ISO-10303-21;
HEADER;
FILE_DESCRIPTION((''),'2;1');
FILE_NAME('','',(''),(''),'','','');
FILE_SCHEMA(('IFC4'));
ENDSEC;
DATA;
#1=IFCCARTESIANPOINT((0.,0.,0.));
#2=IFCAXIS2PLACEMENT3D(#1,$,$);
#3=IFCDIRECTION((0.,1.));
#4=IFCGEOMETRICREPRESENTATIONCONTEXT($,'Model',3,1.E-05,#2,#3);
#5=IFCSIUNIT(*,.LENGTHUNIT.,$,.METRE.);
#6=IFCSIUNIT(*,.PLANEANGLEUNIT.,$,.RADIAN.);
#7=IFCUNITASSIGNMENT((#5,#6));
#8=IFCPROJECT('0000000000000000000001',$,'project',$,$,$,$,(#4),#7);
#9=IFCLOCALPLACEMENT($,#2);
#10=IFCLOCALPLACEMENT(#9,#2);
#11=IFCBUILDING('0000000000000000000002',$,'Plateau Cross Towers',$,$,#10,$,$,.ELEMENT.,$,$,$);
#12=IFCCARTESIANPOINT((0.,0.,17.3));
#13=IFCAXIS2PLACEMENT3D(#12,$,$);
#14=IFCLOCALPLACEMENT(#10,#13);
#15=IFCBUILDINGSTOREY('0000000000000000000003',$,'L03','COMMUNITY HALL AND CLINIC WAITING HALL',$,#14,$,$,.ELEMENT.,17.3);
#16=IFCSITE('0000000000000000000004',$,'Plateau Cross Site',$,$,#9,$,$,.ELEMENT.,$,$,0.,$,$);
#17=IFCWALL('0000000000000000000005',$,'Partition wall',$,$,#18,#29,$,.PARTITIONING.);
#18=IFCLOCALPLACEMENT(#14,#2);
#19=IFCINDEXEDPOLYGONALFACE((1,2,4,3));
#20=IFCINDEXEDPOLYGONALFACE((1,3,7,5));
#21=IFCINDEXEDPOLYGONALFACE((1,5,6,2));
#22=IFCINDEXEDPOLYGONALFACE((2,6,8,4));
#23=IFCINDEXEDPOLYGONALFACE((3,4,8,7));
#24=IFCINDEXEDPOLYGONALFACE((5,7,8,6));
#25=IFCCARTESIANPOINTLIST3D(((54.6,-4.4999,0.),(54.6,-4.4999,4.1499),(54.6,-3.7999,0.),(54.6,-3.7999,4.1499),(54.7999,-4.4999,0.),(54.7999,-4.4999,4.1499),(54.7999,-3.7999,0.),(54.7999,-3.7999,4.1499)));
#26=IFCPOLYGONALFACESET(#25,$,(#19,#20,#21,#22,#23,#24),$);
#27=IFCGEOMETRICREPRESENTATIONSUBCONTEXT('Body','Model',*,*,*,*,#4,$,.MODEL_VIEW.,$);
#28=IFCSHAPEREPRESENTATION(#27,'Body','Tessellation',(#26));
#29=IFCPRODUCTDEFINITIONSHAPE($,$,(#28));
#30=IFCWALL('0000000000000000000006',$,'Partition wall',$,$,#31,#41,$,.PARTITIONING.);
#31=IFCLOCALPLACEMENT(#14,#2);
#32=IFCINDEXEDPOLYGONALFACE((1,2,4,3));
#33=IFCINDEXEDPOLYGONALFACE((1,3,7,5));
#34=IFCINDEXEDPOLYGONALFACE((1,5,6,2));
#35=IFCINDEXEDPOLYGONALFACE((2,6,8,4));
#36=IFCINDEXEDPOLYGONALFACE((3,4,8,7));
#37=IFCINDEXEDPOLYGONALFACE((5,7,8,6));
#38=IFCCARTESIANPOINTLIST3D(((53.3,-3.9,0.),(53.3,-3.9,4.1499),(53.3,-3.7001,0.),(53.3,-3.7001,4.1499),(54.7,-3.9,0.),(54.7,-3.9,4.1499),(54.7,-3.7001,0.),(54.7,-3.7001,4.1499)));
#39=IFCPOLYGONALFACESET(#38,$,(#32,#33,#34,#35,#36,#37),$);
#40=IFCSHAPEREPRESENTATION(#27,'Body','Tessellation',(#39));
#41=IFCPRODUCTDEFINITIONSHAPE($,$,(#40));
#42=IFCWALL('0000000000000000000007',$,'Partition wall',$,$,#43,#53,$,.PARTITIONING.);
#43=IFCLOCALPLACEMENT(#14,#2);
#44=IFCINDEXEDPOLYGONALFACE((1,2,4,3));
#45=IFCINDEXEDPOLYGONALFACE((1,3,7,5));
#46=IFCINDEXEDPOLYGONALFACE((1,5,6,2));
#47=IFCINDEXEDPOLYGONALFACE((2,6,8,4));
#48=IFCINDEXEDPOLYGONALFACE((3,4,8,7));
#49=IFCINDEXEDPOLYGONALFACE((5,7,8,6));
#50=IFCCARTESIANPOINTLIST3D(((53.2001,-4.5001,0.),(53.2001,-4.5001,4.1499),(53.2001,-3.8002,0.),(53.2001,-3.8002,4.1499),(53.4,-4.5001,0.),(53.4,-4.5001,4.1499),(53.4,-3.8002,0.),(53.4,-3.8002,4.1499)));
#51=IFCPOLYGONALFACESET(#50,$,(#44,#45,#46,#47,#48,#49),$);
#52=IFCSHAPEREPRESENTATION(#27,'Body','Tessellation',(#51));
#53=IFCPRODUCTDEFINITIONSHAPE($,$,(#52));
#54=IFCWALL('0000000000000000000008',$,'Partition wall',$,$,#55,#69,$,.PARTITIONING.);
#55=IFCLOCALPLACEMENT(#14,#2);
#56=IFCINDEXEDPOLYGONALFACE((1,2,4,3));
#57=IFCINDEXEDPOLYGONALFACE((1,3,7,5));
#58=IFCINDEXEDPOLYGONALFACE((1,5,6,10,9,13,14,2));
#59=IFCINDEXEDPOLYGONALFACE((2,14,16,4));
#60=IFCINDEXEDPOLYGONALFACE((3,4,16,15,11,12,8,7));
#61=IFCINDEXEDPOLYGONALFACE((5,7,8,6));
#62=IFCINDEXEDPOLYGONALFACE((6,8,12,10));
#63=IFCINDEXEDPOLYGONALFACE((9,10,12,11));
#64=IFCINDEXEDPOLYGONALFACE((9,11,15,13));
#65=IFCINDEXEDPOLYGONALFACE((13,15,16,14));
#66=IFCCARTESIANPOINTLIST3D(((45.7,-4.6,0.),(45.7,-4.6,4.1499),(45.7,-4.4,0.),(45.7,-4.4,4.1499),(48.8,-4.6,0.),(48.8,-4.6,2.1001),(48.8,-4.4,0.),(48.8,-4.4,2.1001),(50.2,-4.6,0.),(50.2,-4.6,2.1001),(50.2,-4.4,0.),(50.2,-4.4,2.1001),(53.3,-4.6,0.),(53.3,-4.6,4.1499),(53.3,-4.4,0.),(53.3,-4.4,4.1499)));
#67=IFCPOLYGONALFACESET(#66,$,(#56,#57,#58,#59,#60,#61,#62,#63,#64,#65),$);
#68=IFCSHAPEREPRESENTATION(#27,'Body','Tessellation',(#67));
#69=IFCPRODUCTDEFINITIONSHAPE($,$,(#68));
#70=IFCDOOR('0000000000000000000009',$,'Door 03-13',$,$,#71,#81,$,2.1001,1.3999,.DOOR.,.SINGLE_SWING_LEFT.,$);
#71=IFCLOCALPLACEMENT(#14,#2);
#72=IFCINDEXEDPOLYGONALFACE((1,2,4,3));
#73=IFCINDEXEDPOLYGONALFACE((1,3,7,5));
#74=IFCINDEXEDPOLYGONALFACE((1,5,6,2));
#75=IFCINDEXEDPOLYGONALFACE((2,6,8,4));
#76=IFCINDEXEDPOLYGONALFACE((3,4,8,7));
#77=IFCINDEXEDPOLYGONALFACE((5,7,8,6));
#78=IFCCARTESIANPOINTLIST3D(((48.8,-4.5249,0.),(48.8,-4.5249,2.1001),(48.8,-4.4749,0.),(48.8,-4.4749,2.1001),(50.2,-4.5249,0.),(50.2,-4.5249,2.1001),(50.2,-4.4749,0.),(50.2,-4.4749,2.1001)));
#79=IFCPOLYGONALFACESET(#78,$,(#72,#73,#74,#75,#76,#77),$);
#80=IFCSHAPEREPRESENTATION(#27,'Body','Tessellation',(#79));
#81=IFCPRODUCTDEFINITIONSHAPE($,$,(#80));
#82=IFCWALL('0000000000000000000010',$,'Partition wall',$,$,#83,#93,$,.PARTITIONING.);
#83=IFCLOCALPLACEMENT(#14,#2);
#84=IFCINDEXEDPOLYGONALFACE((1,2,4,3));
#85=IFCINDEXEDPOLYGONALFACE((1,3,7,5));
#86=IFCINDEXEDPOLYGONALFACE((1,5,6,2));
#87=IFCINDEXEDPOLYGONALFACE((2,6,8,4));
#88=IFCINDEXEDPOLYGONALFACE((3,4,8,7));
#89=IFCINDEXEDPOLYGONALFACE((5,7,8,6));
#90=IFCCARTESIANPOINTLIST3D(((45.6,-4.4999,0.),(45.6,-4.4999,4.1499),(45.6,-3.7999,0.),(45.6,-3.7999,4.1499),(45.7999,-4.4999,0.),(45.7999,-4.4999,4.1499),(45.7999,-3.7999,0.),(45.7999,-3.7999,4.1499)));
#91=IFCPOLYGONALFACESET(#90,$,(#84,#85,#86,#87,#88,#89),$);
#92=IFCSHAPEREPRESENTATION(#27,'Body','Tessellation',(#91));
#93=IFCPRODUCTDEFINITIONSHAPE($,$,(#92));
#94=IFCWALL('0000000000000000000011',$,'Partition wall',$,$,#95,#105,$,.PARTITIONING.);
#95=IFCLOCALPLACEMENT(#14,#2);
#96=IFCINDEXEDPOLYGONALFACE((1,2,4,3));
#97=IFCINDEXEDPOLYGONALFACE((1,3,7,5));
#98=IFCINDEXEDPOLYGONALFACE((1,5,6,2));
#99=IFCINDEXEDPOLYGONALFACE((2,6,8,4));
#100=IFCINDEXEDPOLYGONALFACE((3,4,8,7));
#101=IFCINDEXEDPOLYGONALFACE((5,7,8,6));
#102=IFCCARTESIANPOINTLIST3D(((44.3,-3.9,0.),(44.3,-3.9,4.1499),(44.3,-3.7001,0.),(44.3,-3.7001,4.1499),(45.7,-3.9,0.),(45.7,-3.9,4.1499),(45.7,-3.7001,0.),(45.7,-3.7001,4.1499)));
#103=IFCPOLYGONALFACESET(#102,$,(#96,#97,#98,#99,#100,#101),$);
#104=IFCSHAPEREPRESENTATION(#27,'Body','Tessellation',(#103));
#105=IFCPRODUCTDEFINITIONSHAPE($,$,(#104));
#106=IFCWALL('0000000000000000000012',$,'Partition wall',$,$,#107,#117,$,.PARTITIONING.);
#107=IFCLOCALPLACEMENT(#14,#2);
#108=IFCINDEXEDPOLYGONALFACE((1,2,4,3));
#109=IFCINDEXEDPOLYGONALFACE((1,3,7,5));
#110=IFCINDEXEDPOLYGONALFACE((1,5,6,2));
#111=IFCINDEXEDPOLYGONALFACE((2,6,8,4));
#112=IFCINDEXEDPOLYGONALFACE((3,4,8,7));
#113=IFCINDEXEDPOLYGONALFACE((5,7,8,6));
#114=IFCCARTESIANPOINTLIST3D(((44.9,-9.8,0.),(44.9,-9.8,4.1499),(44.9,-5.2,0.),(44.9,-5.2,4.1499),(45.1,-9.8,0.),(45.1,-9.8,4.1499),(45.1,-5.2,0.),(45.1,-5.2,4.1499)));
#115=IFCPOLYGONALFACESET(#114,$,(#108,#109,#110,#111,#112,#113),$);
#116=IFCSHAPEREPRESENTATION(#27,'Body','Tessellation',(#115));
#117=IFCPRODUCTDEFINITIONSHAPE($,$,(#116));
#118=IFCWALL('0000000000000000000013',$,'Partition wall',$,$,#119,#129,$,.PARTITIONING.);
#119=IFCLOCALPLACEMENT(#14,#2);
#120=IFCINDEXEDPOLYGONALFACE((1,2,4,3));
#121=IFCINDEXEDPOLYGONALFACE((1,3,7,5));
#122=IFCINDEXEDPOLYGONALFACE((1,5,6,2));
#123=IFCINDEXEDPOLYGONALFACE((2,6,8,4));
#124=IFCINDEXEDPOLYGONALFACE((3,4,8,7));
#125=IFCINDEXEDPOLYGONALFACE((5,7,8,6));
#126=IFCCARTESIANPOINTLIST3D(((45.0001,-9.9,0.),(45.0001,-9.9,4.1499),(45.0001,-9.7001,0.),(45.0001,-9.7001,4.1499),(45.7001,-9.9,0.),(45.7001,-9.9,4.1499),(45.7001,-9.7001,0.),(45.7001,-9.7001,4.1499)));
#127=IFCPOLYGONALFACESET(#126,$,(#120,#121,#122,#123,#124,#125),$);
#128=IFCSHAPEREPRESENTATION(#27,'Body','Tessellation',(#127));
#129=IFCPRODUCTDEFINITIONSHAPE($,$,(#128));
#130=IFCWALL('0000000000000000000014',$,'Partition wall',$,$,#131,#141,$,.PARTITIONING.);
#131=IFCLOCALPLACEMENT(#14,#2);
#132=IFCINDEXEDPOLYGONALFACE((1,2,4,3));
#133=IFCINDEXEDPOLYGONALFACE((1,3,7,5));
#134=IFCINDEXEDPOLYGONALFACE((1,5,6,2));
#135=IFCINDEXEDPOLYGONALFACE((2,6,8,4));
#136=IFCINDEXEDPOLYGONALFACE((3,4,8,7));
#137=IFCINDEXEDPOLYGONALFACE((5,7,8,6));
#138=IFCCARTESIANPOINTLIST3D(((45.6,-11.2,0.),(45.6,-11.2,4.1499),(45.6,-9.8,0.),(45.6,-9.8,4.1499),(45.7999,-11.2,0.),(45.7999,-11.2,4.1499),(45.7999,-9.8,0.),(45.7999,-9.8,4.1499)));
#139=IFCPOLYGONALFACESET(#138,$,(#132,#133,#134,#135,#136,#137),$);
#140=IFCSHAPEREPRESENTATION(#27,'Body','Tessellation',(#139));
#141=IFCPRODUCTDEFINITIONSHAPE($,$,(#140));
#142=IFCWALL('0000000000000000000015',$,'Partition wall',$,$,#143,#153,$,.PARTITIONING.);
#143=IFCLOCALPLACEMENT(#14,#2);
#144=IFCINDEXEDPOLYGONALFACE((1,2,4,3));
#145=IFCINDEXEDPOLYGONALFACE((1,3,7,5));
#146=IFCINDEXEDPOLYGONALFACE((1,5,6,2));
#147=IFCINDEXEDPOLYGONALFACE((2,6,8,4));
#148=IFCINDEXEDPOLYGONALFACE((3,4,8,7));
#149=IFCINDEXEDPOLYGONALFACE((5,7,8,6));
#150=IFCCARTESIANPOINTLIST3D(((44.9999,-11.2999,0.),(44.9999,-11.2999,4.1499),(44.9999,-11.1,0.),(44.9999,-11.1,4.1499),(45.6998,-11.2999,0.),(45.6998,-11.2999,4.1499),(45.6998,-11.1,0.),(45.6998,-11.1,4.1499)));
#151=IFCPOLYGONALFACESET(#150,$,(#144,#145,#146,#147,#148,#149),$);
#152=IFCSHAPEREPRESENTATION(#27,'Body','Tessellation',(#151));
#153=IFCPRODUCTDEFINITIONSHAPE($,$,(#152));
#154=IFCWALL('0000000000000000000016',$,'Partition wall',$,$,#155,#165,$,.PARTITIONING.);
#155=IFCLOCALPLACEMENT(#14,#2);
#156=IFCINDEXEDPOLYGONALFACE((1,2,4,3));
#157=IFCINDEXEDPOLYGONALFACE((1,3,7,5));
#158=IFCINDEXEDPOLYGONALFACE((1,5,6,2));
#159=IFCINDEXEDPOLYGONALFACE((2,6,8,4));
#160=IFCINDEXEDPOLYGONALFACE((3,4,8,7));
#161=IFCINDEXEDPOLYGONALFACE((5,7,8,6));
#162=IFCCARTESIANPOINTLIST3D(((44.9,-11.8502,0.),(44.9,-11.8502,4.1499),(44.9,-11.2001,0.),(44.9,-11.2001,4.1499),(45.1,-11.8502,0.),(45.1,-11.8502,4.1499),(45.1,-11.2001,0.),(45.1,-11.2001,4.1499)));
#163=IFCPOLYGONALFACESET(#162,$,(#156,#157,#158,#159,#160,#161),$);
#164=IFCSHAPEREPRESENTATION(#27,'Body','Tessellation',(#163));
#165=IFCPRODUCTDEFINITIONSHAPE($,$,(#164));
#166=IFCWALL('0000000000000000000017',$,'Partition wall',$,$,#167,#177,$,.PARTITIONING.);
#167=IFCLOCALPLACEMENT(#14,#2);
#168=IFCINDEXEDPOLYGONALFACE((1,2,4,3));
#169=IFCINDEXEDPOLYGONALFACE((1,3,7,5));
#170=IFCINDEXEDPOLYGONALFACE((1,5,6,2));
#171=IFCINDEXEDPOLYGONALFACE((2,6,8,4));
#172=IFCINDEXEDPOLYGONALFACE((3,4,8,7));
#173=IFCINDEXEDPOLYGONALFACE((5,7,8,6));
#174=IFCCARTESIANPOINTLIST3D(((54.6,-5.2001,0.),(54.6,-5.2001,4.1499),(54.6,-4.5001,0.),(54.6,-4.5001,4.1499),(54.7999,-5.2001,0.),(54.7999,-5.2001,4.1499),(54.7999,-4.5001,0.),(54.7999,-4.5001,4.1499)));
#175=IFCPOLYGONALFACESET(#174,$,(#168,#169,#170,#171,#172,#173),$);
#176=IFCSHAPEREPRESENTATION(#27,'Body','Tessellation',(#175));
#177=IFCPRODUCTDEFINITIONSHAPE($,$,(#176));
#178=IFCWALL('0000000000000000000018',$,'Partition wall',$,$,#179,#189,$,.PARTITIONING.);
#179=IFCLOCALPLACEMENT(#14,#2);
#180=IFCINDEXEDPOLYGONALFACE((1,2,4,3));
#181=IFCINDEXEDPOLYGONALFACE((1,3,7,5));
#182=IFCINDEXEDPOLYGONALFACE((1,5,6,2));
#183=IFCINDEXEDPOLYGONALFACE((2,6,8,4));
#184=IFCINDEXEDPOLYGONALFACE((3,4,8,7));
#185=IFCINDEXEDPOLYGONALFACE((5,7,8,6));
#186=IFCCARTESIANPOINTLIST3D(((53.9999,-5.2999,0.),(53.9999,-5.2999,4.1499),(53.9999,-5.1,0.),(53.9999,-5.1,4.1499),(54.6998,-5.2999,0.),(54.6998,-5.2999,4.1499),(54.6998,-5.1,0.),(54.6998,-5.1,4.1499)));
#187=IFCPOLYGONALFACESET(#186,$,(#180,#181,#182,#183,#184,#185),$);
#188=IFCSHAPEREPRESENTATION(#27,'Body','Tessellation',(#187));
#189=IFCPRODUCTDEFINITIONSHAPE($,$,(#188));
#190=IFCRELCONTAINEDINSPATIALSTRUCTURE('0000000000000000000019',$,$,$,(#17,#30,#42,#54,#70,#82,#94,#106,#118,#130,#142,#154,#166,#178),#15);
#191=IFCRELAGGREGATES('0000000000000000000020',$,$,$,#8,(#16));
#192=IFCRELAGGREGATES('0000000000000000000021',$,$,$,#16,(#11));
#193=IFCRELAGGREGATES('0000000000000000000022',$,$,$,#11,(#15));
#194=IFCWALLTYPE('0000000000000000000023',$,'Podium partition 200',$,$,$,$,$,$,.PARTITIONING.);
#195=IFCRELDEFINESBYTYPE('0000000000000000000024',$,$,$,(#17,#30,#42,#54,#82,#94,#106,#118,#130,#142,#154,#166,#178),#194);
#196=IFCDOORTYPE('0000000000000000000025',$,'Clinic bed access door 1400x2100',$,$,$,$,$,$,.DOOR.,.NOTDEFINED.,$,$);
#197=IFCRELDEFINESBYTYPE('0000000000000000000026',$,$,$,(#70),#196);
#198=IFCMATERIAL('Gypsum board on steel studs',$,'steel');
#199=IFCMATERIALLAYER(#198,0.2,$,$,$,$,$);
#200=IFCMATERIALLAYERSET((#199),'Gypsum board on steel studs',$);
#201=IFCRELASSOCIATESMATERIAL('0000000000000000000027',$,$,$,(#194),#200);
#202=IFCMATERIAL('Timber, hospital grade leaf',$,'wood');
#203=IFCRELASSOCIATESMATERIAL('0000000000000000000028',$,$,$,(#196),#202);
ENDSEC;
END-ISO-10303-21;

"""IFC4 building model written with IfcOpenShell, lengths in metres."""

from ifc_helpers import new_model, si_unit, direction, frame, frame_2d, origin, place, context, subcontext, project, spatial, rectangle, extrude, material, layer, layer_set, type_object, element, fill, save


model = new_model("IFC4")

# Units and contexts
model_context = context("Model", 3, precision=1e-05, world=origin(), true_north=direction((0.0, 1.0)))
body_context = subcontext(model_context, "Body", "Model", "MODEL_VIEW")
ifc_project = project(units=[si_unit("LENGTHUNIT", "METRE"), si_unit("PLANEANGLEUNIT", "RADIAN")], contexts=[model_context])

# Site, building, storey
site_placement = place(None, origin())
site = spatial("IfcSite", under=ifc_project, at=site_placement, Name="Plateau Cross Site", CompositionType="ELEMENT", RefElevation=0.0)
building_placement = place(site_placement, origin())
building = spatial("IfcBuilding", under=site, at=building_placement, Name="Plateau Cross Towers", CompositionType="ELEMENT")
storey_placement = place(building_placement, frame((0.0, 0.0, 17.3)))
storey = spatial("IfcBuildingStorey", under=building, at=storey_placement, Name="L03", Description="COMMUNITY HALL AND CLINIC WAITING HALL", CompositionType="ELEMENT", Elevation=17.3)

# Walls
ifc_material_1 = material(Name="Gypsum board on steel studs", Category="steel")
ifc_layer_1 = layer(ifc_material_1, 0.2)
ifc_layer_set_1 = layer_set([ifc_layer_1], Name="Gypsum board on steel studs")
wall_type = type_object("IfcWallType", Name="Podium partition 200", PredefinedType="PARTITIONING", material=ifc_layer_set_1)
wall_1_placement = place(storey_placement, frame((54.7, -4.5, 0.0), z_axis=(0.0, 0.0, 1.0), x_axis=(0.0, 1.0, 0.0)))
element("IfcWall", 1, at=wall_1_placement, inside=storey, type_object=wall_type, Name="Partition wall", PredefinedType="PARTITIONING", context=body_context, shape_type="SweptSolid", body=[
    extrude(rectangle(XDim=0.7, YDim=0.2, at=frame_2d((0.3501, 0.0))), origin(), (0.0, 0.0, 1.0), 4.1499),
])
wall_2_placement = place(storey_placement, frame((54.7, -3.8, 0.0), z_axis=(0.0, 0.0, 1.0), x_axis=(-1.0, 0.0, 0.0)))
element("IfcWall", 2, at=wall_2_placement, inside=storey, type_object=wall_type, Name="Partition wall", PredefinedType="PARTITIONING", context=body_context, shape_type="SweptSolid", body=[
    extrude(rectangle(XDim=1.3999, YDim=0.2, at=frame_2d((0.7, 0.0))), origin(), (0.0, 0.0, 1.0), 4.1499),
])
wall_3_placement = place(storey_placement, frame((53.3, -3.8, 0.0), z_axis=(0.0, 0.0, 1.0), x_axis=(0.0, -1.0, 0.0)))
element("IfcWall", 3, at=wall_3_placement, inside=storey, type_object=wall_type, Name="Partition wall", PredefinedType="PARTITIONING", context=body_context, shape_type="SweptSolid", body=[
    extrude(rectangle(XDim=0.7, YDim=0.2, at=frame_2d((0.3501, 0.0))), origin(), (0.0, 0.0, 1.0), 4.1499),
])

# Wall, opening, door
wall_4_placement = place(storey_placement, frame((53.3, -4.5, 0.0), z_axis=(0.0, 0.0, 1.0), x_axis=(-1.0, 0.0, 0.0)))
wall_4 = element("IfcWall", 4, at=wall_4_placement, inside=storey, type_object=wall_type, Name="Partition wall", PredefinedType="PARTITIONING", context=body_context, shape_type="SweptSolid", body=[
    extrude(rectangle(XDim=7.6001, YDim=0.2, at=frame_2d((3.8, 0.0))), origin(), (0.0, 0.0, 1.0), 4.1499),
])
opening_placement = place(wall_4_placement, frame((3.1001, 0.0, 0.0)))
opening = element("IfcOpeningElement", 5, at=opening_placement, cuts=wall_4, PredefinedType="OPENING", context=body_context, shape_type="SweptSolid", body=[
    extrude(rectangle(XDim=1.3999, YDim=2.1001, at=frame_2d((0.7, 1.05))), frame((0.0, 0.1099, 0.0), z_axis=(0.0, -1.0, 0.0), x_axis=(1.0, 0.0, 0.0)), (0.0, 0.0, 1.0), 0.22),
])
ifc_material_2 = material(Name="Timber, hospital grade leaf", Category="wood")
door_type = type_object("IfcDoorType", Name="Clinic bed access door 1400x2100", OperationType="NOTDEFINED", PredefinedType="DOOR", material=ifc_material_2)
door_placement = place(opening_placement, origin())
door = element("IfcDoor", 6, at=door_placement, inside=storey, type_object=door_type, Name="Door 03-13", OperationType="SINGLE_SWING_LEFT", OverallHeight=2.1001, OverallWidth=1.3999, PredefinedType="DOOR", context=body_context, shape_type="SweptSolid", body=[
    extrude(rectangle(XDim=1.3999, YDim=2.1001, at=frame_2d((0.7, 1.05))), frame((0.0, 0.0249, 0.0), z_axis=(0.0, -1.0, 0.0), x_axis=(1.0, 0.0, 0.0)), (0.0, 0.0, 1.0), 0.05),
])
fill(opening, door)

# Walls
wall_5_placement = place(storey_placement, frame((45.7, -4.5, 0.0), z_axis=(0.0, 0.0, 1.0), x_axis=(0.0, 1.0, 0.0)))
element("IfcWall", 7, at=wall_5_placement, inside=storey, type_object=wall_type, Name="Partition wall", PredefinedType="PARTITIONING", context=body_context, shape_type="SweptSolid", body=[
    extrude(rectangle(XDim=0.7, YDim=0.2, at=frame_2d((0.3501, 0.0))), origin(), (0.0, 0.0, 1.0), 4.1499),
])
wall_6_placement = place(storey_placement, frame((45.7, -3.8, 0.0), z_axis=(0.0, 0.0, 1.0), x_axis=(-1.0, 0.0, 0.0)))
element("IfcWall", 8, at=wall_6_placement, inside=storey, type_object=wall_type, Name="Partition wall", PredefinedType="PARTITIONING", context=body_context, shape_type="SweptSolid", body=[
    extrude(rectangle(XDim=1.3999, YDim=0.2, at=frame_2d((0.7, 0.0))), origin(), (0.0, 0.0, 1.0), 4.1499),
])
wall_7_placement = place(storey_placement, frame((45.0, -5.2, 0.0), z_axis=(0.0, 0.0, 1.0), x_axis=(0.0, -1.0, 0.0)))
element("IfcWall", 9, at=wall_7_placement, inside=storey, type_object=wall_type, Name="Partition wall", PredefinedType="PARTITIONING", context=body_context, shape_type="SweptSolid", body=[
    extrude(rectangle(XDim=4.6001, YDim=0.2, at=frame_2d((2.3, 0.0))), origin(), (0.0, 0.0, 1.0), 4.1499),
])
wall_8_placement = place(storey_placement, frame((45.0, -9.8, 0.0), z_axis=(0.0, 0.0, 1.0), x_axis=(1.0, 0.0, 0.0)))
element("IfcWall", 10, at=wall_8_placement, inside=storey, type_object=wall_type, Name="Partition wall", PredefinedType="PARTITIONING", context=body_context, shape_type="SweptSolid", body=[
    extrude(rectangle(XDim=0.7, YDim=0.2, at=frame_2d((0.3501, 0.0))), origin(), (0.0, 0.0, 1.0), 4.1499),
])
wall_9_placement = place(storey_placement, frame((45.7, -9.8, 0.0), z_axis=(0.0, 0.0, 1.0), x_axis=(0.0, -1.0, 0.0)))
element("IfcWall", 11, at=wall_9_placement, inside=storey, type_object=wall_type, Name="Partition wall", PredefinedType="PARTITIONING", context=body_context, shape_type="SweptSolid", body=[
    extrude(rectangle(XDim=1.3999, YDim=0.2, at=frame_2d((0.7, 0.0))), origin(), (0.0, 0.0, 1.0), 4.1499),
])
wall_10_placement = place(storey_placement, frame((45.7, -11.2, 0.0), z_axis=(0.0, 0.0, 1.0), x_axis=(-1.0, 0.0, 0.0)))
element("IfcWall", 12, at=wall_10_placement, inside=storey, type_object=wall_type, Name="Partition wall", PredefinedType="PARTITIONING", context=body_context, shape_type="SweptSolid", body=[
    extrude(rectangle(XDim=0.7, YDim=0.2, at=frame_2d((0.3501, 0.0))), origin(), (0.0, 0.0, 1.0), 4.1499),
])
wall_11_placement = place(storey_placement, frame((45.0, -11.2, 0.0), z_axis=(0.0, 0.0, 1.0), x_axis=(0.0, -1.0, 0.0)))
element("IfcWall", 13, at=wall_11_placement, inside=storey, type_object=wall_type, Name="Partition wall", PredefinedType="PARTITIONING", context=body_context, shape_type="SweptSolid", body=[
    extrude(rectangle(XDim=0.6501, YDim=0.2, at=frame_2d((0.3252, 0.0))), origin(), (0.0, 0.0, 1.0), 4.1499),
])
for number, where, z_axis, x_axis, name in (
    (14, (54.7, -4.5, 0.0), (0.0, 0.0, 1.0), (0.0, -1.0, 0.0), "Partition wall"),
    (15, (54.7, -5.2, 0.0), (0.0, 0.0, 1.0), (-1.0, 0.0, 0.0), "Partition wall"),
):
    element("IfcWall", number, at=place(storey_placement, frame(where, z_axis=z_axis, x_axis=x_axis)), inside=storey, type_object=wall_type, Name=name, PredefinedType="PARTITIONING", context=body_context, shape_type="SweptSolid", body=[
        extrude(rectangle(XDim=0.7, YDim=0.2, at=frame_2d((0.3501, 0.0))), origin(), (0.0, 0.0, 1.0), 4.1499),
    ])

save(model, "model.ifc")
